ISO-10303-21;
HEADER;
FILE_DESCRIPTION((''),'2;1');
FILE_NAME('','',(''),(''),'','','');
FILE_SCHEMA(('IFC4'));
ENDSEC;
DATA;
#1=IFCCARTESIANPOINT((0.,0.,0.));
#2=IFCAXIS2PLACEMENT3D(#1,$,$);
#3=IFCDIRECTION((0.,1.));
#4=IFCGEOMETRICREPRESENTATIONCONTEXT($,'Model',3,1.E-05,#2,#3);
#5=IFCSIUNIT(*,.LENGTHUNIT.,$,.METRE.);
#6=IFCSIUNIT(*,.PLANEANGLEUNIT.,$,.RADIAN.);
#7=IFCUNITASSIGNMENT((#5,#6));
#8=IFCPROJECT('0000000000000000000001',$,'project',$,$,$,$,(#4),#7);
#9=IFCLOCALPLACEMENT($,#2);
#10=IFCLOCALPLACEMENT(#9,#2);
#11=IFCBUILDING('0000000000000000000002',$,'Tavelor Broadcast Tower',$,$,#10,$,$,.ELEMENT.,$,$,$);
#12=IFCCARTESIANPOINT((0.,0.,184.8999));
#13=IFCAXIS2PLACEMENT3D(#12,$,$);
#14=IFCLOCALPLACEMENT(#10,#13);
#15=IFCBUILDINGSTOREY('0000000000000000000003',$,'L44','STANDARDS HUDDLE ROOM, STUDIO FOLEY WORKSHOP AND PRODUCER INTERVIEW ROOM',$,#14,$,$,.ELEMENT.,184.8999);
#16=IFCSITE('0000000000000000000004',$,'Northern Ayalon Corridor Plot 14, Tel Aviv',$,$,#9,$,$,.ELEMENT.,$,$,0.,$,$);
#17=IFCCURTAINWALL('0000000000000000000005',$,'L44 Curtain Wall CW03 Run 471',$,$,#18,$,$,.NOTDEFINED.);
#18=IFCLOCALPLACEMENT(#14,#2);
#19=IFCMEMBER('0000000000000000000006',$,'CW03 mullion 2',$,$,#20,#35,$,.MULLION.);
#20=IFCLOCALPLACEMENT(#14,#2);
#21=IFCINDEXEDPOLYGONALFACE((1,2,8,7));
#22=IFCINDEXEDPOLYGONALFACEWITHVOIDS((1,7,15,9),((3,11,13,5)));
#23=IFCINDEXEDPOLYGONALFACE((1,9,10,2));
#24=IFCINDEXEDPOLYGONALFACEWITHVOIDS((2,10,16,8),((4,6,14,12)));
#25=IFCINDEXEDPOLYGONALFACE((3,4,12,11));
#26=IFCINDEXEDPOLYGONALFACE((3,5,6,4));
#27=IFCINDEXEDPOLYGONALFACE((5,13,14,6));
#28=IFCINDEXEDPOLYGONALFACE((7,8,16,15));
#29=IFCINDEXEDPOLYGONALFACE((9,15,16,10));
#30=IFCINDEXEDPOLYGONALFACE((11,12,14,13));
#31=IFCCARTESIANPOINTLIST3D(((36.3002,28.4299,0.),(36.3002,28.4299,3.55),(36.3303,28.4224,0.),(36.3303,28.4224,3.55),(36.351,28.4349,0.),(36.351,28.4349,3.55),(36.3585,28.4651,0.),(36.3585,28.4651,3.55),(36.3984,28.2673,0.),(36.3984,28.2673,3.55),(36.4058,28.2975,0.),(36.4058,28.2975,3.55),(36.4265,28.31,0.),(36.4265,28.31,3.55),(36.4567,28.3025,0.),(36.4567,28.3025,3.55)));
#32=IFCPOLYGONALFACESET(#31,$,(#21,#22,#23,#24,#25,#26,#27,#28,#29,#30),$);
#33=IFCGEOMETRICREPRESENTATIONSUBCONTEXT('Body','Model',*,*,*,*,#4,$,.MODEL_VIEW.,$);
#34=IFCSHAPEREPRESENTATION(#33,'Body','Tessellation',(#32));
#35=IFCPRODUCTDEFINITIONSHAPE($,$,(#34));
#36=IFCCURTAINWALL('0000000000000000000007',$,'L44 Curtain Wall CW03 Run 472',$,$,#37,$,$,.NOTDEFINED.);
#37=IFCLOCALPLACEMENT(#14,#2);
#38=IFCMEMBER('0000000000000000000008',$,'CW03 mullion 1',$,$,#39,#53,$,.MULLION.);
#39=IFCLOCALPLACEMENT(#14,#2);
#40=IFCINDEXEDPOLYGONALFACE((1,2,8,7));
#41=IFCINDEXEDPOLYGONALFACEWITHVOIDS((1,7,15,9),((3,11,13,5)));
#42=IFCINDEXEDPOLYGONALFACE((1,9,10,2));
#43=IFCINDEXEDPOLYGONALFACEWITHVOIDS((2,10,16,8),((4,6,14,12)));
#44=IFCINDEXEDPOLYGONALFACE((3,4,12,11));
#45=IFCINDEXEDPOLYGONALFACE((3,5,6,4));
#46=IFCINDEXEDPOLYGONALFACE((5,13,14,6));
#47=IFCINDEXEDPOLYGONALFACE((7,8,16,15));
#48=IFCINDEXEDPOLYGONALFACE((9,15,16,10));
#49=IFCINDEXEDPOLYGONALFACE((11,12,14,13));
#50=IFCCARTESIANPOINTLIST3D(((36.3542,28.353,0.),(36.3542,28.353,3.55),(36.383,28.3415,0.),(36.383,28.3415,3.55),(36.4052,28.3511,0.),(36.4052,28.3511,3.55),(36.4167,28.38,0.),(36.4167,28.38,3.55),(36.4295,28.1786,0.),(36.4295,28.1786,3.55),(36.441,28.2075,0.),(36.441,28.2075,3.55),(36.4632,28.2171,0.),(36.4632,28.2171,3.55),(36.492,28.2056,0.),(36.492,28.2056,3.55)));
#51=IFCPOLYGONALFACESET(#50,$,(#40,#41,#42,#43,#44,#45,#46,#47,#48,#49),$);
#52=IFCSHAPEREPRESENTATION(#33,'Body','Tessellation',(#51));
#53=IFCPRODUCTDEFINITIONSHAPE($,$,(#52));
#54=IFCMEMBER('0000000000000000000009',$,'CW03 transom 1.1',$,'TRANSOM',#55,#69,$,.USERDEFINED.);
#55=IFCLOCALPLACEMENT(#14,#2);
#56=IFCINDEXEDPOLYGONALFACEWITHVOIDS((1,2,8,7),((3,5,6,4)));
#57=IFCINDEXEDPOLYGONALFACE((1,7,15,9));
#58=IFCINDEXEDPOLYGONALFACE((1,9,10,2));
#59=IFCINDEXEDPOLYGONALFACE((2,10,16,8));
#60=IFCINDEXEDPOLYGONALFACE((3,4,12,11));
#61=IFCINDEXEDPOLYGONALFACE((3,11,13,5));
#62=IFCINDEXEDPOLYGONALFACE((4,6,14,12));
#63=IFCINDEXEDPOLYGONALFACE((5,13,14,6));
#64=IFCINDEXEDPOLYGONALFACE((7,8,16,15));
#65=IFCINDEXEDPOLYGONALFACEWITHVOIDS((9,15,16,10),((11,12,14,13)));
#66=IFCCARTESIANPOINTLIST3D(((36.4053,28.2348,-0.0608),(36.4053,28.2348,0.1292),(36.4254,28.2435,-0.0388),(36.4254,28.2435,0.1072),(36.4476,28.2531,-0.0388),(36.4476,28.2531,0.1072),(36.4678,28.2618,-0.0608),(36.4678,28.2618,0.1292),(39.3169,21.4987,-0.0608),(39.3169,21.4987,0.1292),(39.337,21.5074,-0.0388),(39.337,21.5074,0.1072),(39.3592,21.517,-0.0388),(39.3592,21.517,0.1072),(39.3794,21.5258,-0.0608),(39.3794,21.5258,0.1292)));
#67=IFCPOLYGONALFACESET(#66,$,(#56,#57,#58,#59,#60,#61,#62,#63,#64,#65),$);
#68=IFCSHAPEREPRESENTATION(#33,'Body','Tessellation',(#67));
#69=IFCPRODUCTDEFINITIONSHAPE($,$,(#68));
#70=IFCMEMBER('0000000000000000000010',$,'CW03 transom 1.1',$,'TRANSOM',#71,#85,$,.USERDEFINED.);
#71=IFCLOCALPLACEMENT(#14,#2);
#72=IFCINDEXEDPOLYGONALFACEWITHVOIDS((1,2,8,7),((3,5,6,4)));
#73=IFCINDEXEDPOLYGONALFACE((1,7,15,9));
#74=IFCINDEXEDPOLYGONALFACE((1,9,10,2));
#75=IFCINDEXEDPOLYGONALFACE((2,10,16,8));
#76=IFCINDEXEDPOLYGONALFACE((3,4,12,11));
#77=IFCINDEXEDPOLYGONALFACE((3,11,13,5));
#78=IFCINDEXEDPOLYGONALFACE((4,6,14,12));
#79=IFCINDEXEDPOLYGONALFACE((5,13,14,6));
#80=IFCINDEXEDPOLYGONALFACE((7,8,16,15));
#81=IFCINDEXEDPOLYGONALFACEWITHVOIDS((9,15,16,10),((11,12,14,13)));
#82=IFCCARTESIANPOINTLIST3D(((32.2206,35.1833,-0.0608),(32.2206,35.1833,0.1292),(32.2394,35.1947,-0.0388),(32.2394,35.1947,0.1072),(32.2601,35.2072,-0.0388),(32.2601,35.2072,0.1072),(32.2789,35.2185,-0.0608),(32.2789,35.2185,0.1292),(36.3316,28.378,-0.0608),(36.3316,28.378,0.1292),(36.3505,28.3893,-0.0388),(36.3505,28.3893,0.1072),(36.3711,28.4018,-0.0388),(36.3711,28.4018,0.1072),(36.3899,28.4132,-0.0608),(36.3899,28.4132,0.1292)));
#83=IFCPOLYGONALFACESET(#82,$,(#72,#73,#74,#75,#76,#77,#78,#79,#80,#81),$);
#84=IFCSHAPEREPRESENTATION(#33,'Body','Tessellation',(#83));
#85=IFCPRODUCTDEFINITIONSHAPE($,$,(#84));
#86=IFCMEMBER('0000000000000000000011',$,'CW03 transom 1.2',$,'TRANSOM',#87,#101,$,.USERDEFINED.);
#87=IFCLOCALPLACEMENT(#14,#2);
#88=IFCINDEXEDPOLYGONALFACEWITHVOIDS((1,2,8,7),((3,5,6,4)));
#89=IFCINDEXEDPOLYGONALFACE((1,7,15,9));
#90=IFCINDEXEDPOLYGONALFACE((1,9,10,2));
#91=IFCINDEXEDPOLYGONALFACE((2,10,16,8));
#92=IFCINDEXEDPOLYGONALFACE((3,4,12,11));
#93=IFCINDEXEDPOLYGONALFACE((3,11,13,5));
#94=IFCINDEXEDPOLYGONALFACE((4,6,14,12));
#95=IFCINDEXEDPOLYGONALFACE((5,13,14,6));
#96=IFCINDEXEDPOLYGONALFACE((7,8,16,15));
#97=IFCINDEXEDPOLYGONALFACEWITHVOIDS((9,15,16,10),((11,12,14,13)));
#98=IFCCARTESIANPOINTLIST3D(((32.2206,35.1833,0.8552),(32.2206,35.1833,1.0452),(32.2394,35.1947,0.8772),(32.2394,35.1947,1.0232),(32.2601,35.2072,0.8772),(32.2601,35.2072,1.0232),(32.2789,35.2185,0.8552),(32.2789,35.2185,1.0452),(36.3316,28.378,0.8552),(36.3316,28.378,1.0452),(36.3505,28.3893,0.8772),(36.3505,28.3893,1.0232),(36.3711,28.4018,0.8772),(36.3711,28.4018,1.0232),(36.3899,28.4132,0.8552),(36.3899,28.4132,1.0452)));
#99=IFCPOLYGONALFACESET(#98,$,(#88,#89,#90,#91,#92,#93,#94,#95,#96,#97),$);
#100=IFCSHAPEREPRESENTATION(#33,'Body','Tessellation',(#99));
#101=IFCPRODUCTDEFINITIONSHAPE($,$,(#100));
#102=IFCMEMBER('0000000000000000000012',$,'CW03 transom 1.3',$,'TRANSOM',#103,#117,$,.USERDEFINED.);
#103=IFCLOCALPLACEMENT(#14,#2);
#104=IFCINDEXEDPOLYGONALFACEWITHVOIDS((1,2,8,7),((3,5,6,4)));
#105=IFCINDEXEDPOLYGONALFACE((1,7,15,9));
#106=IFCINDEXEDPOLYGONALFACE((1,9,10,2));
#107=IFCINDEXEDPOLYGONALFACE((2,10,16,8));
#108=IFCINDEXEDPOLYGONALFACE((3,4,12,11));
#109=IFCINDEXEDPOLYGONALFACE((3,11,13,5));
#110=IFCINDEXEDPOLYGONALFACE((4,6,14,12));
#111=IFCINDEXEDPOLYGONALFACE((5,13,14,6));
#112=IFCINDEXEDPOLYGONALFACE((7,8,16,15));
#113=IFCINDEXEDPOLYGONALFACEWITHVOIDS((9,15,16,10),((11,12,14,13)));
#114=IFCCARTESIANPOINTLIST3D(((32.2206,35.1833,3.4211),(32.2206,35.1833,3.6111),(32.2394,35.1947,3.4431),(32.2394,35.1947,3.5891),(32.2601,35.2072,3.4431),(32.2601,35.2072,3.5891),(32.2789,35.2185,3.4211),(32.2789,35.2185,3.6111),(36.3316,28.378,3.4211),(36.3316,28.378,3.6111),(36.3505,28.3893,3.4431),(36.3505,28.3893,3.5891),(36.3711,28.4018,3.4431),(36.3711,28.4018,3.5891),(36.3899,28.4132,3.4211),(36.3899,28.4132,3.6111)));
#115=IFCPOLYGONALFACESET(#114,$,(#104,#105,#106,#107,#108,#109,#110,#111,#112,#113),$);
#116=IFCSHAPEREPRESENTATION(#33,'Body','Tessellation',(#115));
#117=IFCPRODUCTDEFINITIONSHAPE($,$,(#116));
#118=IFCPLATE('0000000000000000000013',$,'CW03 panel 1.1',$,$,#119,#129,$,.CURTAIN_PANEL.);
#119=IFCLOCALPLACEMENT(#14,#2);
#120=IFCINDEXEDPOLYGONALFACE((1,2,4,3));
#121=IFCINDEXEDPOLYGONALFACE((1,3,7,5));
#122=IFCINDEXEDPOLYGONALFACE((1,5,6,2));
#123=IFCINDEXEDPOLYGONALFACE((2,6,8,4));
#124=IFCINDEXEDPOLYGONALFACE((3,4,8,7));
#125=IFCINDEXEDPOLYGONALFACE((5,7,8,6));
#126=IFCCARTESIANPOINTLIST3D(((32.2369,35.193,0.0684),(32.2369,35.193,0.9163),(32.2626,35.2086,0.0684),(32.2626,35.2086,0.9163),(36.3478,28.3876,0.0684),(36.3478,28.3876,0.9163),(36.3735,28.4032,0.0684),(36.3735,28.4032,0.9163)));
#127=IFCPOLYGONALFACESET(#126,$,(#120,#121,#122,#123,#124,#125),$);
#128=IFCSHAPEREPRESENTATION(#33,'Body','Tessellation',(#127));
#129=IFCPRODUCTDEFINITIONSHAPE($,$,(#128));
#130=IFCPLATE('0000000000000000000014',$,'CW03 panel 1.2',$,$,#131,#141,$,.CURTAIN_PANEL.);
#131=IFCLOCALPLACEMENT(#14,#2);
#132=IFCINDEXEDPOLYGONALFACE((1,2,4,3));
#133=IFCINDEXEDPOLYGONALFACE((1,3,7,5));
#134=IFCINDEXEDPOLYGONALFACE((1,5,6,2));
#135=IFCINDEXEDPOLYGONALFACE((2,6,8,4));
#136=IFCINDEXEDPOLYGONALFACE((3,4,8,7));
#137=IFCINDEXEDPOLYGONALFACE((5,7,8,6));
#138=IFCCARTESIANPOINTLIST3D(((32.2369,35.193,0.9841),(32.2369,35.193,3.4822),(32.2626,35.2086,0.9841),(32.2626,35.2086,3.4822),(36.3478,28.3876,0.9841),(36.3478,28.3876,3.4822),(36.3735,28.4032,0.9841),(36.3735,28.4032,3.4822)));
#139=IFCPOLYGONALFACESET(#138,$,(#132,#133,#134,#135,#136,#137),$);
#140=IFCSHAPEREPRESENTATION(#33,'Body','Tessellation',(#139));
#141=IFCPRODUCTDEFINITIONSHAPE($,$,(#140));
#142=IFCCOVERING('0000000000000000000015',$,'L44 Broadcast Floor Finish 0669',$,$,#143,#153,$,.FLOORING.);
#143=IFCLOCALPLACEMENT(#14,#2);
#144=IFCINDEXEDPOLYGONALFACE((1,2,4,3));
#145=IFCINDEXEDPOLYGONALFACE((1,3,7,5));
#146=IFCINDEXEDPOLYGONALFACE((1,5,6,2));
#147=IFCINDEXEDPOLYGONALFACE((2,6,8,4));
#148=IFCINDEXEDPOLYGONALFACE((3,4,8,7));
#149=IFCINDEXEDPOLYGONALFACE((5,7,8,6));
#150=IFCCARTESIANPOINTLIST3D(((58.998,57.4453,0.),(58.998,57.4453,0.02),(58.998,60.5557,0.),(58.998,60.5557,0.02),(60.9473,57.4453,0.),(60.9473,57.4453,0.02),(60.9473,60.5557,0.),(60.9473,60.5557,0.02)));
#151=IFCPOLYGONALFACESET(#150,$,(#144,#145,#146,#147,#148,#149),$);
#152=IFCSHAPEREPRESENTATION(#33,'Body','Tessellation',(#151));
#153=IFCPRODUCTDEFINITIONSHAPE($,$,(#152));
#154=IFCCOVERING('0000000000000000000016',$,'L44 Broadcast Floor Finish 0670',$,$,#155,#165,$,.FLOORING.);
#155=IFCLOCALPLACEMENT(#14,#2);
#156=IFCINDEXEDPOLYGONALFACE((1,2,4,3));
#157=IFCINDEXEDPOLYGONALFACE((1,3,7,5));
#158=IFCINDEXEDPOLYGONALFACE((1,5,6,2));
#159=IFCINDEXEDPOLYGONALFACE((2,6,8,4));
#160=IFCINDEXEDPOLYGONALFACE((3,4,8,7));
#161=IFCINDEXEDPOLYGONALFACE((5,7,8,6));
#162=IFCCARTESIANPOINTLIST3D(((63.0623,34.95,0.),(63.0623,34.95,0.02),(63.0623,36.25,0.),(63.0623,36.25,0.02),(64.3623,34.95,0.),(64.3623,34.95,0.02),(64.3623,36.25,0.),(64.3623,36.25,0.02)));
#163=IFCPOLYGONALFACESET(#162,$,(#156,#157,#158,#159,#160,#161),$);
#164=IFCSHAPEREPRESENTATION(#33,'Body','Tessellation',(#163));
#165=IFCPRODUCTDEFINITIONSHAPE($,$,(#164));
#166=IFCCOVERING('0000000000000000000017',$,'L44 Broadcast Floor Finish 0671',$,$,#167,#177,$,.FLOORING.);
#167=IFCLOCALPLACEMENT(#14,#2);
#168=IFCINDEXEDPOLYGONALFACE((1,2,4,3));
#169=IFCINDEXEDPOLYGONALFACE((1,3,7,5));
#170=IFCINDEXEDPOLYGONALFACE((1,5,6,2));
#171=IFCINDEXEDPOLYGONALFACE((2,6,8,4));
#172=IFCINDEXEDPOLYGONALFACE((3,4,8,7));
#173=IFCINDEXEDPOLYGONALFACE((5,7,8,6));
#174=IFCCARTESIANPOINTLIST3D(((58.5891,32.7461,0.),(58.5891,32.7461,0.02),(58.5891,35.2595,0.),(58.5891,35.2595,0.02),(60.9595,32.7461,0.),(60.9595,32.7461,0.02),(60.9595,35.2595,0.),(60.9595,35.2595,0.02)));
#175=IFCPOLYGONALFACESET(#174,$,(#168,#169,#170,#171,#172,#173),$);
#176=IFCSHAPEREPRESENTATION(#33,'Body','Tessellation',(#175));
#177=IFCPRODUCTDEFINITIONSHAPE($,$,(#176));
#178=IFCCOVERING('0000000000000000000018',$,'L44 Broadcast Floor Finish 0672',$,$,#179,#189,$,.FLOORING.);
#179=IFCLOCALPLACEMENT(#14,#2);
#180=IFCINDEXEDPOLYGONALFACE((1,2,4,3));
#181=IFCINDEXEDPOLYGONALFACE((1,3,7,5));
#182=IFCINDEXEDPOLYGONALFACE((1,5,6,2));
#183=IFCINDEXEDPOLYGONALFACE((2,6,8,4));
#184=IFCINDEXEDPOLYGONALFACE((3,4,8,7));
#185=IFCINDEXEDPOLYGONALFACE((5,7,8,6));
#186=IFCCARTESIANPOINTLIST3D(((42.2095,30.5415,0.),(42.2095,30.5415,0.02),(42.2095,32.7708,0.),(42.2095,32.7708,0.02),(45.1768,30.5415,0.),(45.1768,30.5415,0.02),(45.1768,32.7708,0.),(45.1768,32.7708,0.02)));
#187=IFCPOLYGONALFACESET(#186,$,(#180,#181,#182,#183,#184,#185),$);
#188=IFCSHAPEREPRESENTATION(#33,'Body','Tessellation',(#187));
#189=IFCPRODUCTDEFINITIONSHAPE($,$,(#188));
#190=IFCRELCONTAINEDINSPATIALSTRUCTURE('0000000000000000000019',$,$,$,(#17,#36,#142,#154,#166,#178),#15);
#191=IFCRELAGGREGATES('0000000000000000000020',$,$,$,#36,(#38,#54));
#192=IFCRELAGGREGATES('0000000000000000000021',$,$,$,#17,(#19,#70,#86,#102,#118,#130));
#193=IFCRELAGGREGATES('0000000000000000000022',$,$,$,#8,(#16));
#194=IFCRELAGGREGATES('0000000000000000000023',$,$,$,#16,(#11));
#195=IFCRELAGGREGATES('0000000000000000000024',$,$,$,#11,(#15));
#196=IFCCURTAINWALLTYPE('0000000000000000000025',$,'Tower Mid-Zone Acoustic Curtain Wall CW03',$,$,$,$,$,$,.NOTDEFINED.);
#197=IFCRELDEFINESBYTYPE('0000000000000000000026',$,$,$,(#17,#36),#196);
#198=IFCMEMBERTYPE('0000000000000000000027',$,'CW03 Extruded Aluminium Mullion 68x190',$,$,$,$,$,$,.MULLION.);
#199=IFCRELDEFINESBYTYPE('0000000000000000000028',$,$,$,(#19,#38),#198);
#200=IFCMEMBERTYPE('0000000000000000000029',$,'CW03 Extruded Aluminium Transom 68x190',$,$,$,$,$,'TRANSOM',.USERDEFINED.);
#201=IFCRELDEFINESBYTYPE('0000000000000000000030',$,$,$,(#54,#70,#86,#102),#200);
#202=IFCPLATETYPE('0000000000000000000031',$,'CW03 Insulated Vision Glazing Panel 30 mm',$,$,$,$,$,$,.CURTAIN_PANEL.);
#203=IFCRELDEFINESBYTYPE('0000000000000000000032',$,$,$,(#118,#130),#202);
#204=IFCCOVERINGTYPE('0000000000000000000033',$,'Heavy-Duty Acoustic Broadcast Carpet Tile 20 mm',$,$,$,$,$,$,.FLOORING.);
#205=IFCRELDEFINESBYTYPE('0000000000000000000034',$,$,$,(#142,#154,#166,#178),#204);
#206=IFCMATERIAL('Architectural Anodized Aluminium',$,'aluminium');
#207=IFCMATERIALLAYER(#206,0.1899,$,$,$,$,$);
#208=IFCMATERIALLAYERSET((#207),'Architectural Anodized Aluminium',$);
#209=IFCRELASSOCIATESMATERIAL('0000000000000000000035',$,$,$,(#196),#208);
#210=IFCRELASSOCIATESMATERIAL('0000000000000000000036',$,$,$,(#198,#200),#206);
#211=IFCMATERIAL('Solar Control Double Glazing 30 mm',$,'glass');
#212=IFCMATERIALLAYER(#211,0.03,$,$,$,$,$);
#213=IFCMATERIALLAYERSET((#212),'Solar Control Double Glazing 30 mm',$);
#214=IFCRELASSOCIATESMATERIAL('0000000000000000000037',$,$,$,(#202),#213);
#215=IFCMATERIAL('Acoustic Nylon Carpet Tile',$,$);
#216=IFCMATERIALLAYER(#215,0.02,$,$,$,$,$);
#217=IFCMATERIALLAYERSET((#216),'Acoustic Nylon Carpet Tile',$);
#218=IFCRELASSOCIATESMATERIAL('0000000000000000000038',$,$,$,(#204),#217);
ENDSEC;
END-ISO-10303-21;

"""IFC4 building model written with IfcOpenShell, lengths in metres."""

from ifc_helpers import new_model, si_unit, direction, frame, origin, origin_2d, place, context, subcontext, project, spatial, polyline, rectangle, hollow_rectangle, outline, extrude, source, transform, mapped, material, layer, layer_set, material_profile, profile_set, type_object, type_shapes, element, aggregate, save


model = new_model("IFC4")

# Units and contexts
model_context = context("Model", 3, precision=1e-05, world=origin(), true_north=direction((0.0, 1.0)))
body_context = subcontext(model_context, "Body", "Model", "MODEL_VIEW")
ifc_project = project(units=[si_unit("LENGTHUNIT", "METRE"), si_unit("PLANEANGLEUNIT", "RADIAN")], contexts=[model_context])

# Site, building, storey
site_placement = place(None, origin())
site = spatial("IfcSite", under=ifc_project, at=site_placement, Name="Northern Ayalon Corridor Plot 14, Tel Aviv", CompositionType="ELEMENT", RefElevation=0.0)
building_placement = place(site_placement, origin())
building = spatial("IfcBuilding", under=site, at=building_placement, Name="Tavelor Broadcast Tower", CompositionType="ELEMENT")
storey_placement = place(building_placement, frame((0.0, 0.0, 184.8999)))
storey = spatial("IfcBuildingStorey", under=building, at=storey_placement, Name="L44", Description="STANDARDS HUDDLE ROOM, STUDIO FOLEY WORKSHOP AND PRODUCER INTERVIEW ROOM", CompositionType="ELEMENT", Elevation=184.8999)

# Curtain wall, member
ifc_material_1 = material(Name="Architectural Anodized Aluminium", Category="aluminium")
ifc_layer_1 = layer(ifc_material_1, 0.1899)
ifc_layer_set_1 = layer_set([ifc_layer_1], Name="Architectural Anodized Aluminium")
curtain_wall_type = type_object("IfcCurtainWallType", Name="Tower Mid-Zone Acoustic Curtain Wall CW03", PredefinedType="NOTDEFINED", material=ifc_layer_set_1)
curtain_wall_1_placement = place(storey_placement, origin())
curtain_wall_1 = element("IfcCurtainWall", 1, at=curtain_wall_1_placement, inside=storey, type_object=curtain_wall_type, Name="L44 Curtain Wall CW03 Run 471", PredefinedType="NOTDEFINED")
ifc_material_profile_1 = material_profile(ifc_material_1, hollow_rectangle(XDim=0.0681, YDim=0.1899, WallThickness=0.022, at=origin_2d()), Name="RHS 68x190x22")
ifc_profile_set_1 = profile_set([ifc_material_profile_1], Name="Architectural Anodized Aluminium")
member_type_1 = type_object("IfcMemberType", Name="CW03 Extruded Aluminium Mullion 68x190", PredefinedType="MULLION", material=ifc_profile_set_1)
shared_shape_1 = source(origin(), body_context, "Body", "SweptSolid", [
    extrude(hollow_rectangle(XDim=0.0681, YDim=0.1899, WallThickness=0.022, at=origin_2d()), origin(), (0.0, 0.0, 1.0), 3.55),
])
type_shapes(member_type_1, [shared_shape_1])
member_1_placement = place(storey_placement, frame((36.3784, 28.3662, 0.0), z_axis=(0.0, 0.0, 1.0), x_axis=(0.855953, 0.517054, 0.0)))
member_1 = element("IfcMember", 2, at=member_1_placement, type_object=member_type_1, Name="CW03 mullion 2", PredefinedType="MULLION", context=body_context, shape_type="MappedRepresentation", body=[
    mapped(shared_shape_1, transform((0.0, 0.0, 0.0), scale=1.0)),
])

# Curtain wall, members
curtain_wall_2_placement = place(storey_placement, origin())
curtain_wall_2 = element("IfcCurtainWall", 3, at=curtain_wall_2_placement, inside=storey, type_object=curtain_wall_type, Name="L44 Curtain Wall CW03 Run 472", PredefinedType="NOTDEFINED")
member_2_placement = place(storey_placement, frame((36.4231, 28.2793, 0.0), z_axis=(0.0, 0.0, 1.0), x_axis=(0.917919, 0.396767, 0.0)))
member_2 = element("IfcMember", 4, at=member_2_placement, type_object=member_type_1, Name="CW03 mullion 1", PredefinedType="MULLION", context=body_context, shape_type="MappedRepresentation", body=[
    mapped(shared_shape_1, transform((0.0, 0.0, 0.0), scale=1.0)),
])
ifc_material_profile_2 = material_profile(ifc_material_1, hollow_rectangle(XDim=0.0681, YDim=0.1899, WallThickness=0.022, at=origin_2d()), Name="RHS 68x190x22")
ifc_profile_set_2 = profile_set([ifc_material_profile_2], Name="Architectural Anodized Aluminium")
member_type_2 = type_object("IfcMemberType", Name="CW03 Extruded Aluminium Transom 68x190", ElementType="TRANSOM", PredefinedType="USERDEFINED", material=ifc_profile_set_2)
shared_shape_2 = source(origin(), body_context, "Body", "SweptSolid", [
    extrude(hollow_rectangle(XDim=0.0681, YDim=0.1899, WallThickness=0.022, at=origin_2d()), origin(), (0.0, 0.0, 1.0), 7.3384),
])
member_3_placement = place(storey_placement, frame((36.4365, 28.2483, 0.0342), z_axis=(0.396764, -0.917921, 0.0), x_axis=(0.917921, 0.396764, 0.0)))
member_3 = element("IfcMember", 5, at=member_3_placement, type_object=member_type_2, Name="CW03 transom 1.1", ObjectType="TRANSOM", PredefinedType="USERDEFINED", context=body_context, shape_type="MappedRepresentation", body=[
    mapped(shared_shape_2, transform((0.0, 0.0, 0.0), scale=1.0)),
])
aggregate(curtain_wall_2, [member_2, member_3])

# Members
shared_shape_3 = source(origin(), body_context, "Body", "SweptSolid", [
    extrude(hollow_rectangle(XDim=0.0681, YDim=0.1899, WallThickness=0.022, at=origin_2d()), origin(), (0.0, 0.0, 1.0), 7.9507),
])
type_shapes(member_type_2, [shared_shape_2, shared_shape_3])
member_4_placement = place(storey_placement, frame((32.2498, 35.2009, 0.0342), z_axis=(0.517067, -0.855945, 0.0), x_axis=(0.855945, 0.517067, 0.0)))
member_4 = element("IfcMember", 6, at=member_4_placement, type_object=member_type_2, Name="CW03 transom 1.1", ObjectType="TRANSOM", PredefinedType="USERDEFINED", context=body_context, shape_type="MappedRepresentation", body=[
    mapped(shared_shape_3, transform((0.0, 0.0, 0.0), scale=1.0)),
])
member_5_placement = place(storey_placement, frame((32.2498, 35.2009, 0.9502), z_axis=(0.517067, -0.855945, 0.0), x_axis=(0.855945, 0.517067, 0.0)))
member_5 = element("IfcMember", 7, at=member_5_placement, type_object=member_type_2, Name="CW03 transom 1.2", ObjectType="TRANSOM", PredefinedType="USERDEFINED", context=body_context, shape_type="MappedRepresentation", body=[
    mapped(shared_shape_3, transform((0.0, 0.0, 0.0), scale=1.0)),
])
member_6_placement = place(storey_placement, frame((32.2498, 35.2009, 3.5161), z_axis=(0.517067, -0.855945, 0.0), x_axis=(0.855945, 0.517067, 0.0)))
member_6 = element("IfcMember", 8, at=member_6_placement, type_object=member_type_2, Name="CW03 transom 1.3", ObjectType="TRANSOM", PredefinedType="USERDEFINED", context=body_context, shape_type="MappedRepresentation", body=[
    mapped(shared_shape_3, transform((0.0, 0.0, 0.0), scale=1.0)),
])

# Plates
ifc_material_2 = material(Name="Solar Control Double Glazing 30 mm", Category="glass")
ifc_layer_2 = layer(ifc_material_2, 0.03)
ifc_layer_set_2 = layer_set([ifc_layer_2], Name="Solar Control Double Glazing 30 mm")
plate_type = type_object("IfcPlateType", Name="CW03 Insulated Vision Glazing Panel 30 mm", PredefinedType="CURTAIN_PANEL", material=ifc_layer_set_2)
shared_shape_4 = source(origin(), body_context, "Body", "SweptSolid", [
    extrude(rectangle(XDim=7.9507, YDim=0.03, at=origin_2d()), origin(), (0.0, 0.0, 1.0), 0.8479),
])
plate_1_placement = place(storey_placement, frame((34.3052, 31.7981, 0.0684), z_axis=(0.0, 0.0, 1.0), x_axis=(0.517054, -0.855953, 0.0)))
plate_1 = element("IfcPlate", 9, at=plate_1_placement, type_object=plate_type, Name="CW03 panel 1.1", PredefinedType="CURTAIN_PANEL", context=body_context, shape_type="MappedRepresentation", body=[
    mapped(shared_shape_4, transform((0.0, 0.0, 0.0), scale=1.0)),
])
shared_shape_5 = source(origin(), body_context, "Body", "SweptSolid", [
    extrude(rectangle(XDim=7.9507, YDim=0.03, at=origin_2d()), origin(), (0.0, 0.0, 1.0), 2.498),
])
type_shapes(plate_type, [shared_shape_4, shared_shape_5])
plate_2_placement = place(storey_placement, frame((34.3052, 31.7981, 0.9841), z_axis=(0.0, 0.0, 1.0), x_axis=(0.517054, -0.855953, 0.0)))
plate_2 = element("IfcPlate", 10, at=plate_2_placement, type_object=plate_type, Name="CW03 panel 1.2", PredefinedType="CURTAIN_PANEL", context=body_context, shape_type="MappedRepresentation", body=[
    mapped(shared_shape_5, transform((0.0, 0.0, 0.0), scale=1.0)),
])
aggregate(curtain_wall_1, [member_1, member_4, member_5, member_6, plate_1, plate_2])

# Coverings
ifc_material_3 = material(Name="Acoustic Nylon Carpet Tile")
ifc_layer_3 = layer(ifc_material_3, 0.02)
ifc_layer_set_3 = layer_set([ifc_layer_3], Name="Acoustic Nylon Carpet Tile")
covering_type_1 = type_object("IfcCoveringType", Name="Heavy-Duty Acoustic Broadcast Carpet Tile 20 mm", PredefinedType="FLOORING", material=ifc_layer_set_3)
covering_1_placement = place(storey_placement, origin())
element("IfcCovering", 11, at=covering_1_placement, inside=storey, type_object=covering_type_1, Name="L44 Broadcast Floor Finish 0669", PredefinedType="FLOORING", context=body_context, shape_type="SweptSolid", body=[
    extrude(outline(polyline([(58.998, 57.4453), (60.9473, 57.4453), (60.9473, 60.5557), (58.998, 60.5557), (58.998, 57.4453)])), origin(), (0.0, 0.0, 1.0), 0.02),
])
covering_2_placement = place(storey_placement, origin())
element("IfcCovering", 12, at=covering_2_placement, inside=storey, type_object=covering_type_1, Name="L44 Broadcast Floor Finish 0670", PredefinedType="FLOORING", context=body_context, shape_type="SweptSolid", body=[
    extrude(outline(polyline([(63.0623, 34.95), (64.3623, 34.95), (64.3623, 36.25), (63.0623, 36.25), (63.0623, 34.95)])), origin(), (0.0, 0.0, 1.0), 0.02),
])
covering_3_placement = place(storey_placement, origin())
element("IfcCovering", 13, at=covering_3_placement, inside=storey, type_object=covering_type_1, Name="L44 Broadcast Floor Finish 0671", PredefinedType="FLOORING", context=body_context, shape_type="SweptSolid", body=[
    extrude(outline(polyline([(58.5891, 32.7461), (60.9595, 32.7461), (60.9595, 35.2595), (58.5891, 35.2595), (58.5891, 32.7461)])), origin(), (0.0, 0.0, 1.0), 0.02),
])
covering_4_placement = place(storey_placement, origin())
element("IfcCovering", 14, at=covering_4_placement, inside=storey, type_object=covering_type_1, Name="L44 Broadcast Floor Finish 0672", PredefinedType="FLOORING", context=body_context, shape_type="SweptSolid", body=[
    extrude(outline(polyline([(42.2095, 30.5415), (45.1768, 30.5415), (45.1768, 32.7708), (42.2095, 32.7708), (42.2095, 30.5415)])), origin(), (0.0, 0.0, 1.0), 0.02),
])

save(model, "model.ifc")
